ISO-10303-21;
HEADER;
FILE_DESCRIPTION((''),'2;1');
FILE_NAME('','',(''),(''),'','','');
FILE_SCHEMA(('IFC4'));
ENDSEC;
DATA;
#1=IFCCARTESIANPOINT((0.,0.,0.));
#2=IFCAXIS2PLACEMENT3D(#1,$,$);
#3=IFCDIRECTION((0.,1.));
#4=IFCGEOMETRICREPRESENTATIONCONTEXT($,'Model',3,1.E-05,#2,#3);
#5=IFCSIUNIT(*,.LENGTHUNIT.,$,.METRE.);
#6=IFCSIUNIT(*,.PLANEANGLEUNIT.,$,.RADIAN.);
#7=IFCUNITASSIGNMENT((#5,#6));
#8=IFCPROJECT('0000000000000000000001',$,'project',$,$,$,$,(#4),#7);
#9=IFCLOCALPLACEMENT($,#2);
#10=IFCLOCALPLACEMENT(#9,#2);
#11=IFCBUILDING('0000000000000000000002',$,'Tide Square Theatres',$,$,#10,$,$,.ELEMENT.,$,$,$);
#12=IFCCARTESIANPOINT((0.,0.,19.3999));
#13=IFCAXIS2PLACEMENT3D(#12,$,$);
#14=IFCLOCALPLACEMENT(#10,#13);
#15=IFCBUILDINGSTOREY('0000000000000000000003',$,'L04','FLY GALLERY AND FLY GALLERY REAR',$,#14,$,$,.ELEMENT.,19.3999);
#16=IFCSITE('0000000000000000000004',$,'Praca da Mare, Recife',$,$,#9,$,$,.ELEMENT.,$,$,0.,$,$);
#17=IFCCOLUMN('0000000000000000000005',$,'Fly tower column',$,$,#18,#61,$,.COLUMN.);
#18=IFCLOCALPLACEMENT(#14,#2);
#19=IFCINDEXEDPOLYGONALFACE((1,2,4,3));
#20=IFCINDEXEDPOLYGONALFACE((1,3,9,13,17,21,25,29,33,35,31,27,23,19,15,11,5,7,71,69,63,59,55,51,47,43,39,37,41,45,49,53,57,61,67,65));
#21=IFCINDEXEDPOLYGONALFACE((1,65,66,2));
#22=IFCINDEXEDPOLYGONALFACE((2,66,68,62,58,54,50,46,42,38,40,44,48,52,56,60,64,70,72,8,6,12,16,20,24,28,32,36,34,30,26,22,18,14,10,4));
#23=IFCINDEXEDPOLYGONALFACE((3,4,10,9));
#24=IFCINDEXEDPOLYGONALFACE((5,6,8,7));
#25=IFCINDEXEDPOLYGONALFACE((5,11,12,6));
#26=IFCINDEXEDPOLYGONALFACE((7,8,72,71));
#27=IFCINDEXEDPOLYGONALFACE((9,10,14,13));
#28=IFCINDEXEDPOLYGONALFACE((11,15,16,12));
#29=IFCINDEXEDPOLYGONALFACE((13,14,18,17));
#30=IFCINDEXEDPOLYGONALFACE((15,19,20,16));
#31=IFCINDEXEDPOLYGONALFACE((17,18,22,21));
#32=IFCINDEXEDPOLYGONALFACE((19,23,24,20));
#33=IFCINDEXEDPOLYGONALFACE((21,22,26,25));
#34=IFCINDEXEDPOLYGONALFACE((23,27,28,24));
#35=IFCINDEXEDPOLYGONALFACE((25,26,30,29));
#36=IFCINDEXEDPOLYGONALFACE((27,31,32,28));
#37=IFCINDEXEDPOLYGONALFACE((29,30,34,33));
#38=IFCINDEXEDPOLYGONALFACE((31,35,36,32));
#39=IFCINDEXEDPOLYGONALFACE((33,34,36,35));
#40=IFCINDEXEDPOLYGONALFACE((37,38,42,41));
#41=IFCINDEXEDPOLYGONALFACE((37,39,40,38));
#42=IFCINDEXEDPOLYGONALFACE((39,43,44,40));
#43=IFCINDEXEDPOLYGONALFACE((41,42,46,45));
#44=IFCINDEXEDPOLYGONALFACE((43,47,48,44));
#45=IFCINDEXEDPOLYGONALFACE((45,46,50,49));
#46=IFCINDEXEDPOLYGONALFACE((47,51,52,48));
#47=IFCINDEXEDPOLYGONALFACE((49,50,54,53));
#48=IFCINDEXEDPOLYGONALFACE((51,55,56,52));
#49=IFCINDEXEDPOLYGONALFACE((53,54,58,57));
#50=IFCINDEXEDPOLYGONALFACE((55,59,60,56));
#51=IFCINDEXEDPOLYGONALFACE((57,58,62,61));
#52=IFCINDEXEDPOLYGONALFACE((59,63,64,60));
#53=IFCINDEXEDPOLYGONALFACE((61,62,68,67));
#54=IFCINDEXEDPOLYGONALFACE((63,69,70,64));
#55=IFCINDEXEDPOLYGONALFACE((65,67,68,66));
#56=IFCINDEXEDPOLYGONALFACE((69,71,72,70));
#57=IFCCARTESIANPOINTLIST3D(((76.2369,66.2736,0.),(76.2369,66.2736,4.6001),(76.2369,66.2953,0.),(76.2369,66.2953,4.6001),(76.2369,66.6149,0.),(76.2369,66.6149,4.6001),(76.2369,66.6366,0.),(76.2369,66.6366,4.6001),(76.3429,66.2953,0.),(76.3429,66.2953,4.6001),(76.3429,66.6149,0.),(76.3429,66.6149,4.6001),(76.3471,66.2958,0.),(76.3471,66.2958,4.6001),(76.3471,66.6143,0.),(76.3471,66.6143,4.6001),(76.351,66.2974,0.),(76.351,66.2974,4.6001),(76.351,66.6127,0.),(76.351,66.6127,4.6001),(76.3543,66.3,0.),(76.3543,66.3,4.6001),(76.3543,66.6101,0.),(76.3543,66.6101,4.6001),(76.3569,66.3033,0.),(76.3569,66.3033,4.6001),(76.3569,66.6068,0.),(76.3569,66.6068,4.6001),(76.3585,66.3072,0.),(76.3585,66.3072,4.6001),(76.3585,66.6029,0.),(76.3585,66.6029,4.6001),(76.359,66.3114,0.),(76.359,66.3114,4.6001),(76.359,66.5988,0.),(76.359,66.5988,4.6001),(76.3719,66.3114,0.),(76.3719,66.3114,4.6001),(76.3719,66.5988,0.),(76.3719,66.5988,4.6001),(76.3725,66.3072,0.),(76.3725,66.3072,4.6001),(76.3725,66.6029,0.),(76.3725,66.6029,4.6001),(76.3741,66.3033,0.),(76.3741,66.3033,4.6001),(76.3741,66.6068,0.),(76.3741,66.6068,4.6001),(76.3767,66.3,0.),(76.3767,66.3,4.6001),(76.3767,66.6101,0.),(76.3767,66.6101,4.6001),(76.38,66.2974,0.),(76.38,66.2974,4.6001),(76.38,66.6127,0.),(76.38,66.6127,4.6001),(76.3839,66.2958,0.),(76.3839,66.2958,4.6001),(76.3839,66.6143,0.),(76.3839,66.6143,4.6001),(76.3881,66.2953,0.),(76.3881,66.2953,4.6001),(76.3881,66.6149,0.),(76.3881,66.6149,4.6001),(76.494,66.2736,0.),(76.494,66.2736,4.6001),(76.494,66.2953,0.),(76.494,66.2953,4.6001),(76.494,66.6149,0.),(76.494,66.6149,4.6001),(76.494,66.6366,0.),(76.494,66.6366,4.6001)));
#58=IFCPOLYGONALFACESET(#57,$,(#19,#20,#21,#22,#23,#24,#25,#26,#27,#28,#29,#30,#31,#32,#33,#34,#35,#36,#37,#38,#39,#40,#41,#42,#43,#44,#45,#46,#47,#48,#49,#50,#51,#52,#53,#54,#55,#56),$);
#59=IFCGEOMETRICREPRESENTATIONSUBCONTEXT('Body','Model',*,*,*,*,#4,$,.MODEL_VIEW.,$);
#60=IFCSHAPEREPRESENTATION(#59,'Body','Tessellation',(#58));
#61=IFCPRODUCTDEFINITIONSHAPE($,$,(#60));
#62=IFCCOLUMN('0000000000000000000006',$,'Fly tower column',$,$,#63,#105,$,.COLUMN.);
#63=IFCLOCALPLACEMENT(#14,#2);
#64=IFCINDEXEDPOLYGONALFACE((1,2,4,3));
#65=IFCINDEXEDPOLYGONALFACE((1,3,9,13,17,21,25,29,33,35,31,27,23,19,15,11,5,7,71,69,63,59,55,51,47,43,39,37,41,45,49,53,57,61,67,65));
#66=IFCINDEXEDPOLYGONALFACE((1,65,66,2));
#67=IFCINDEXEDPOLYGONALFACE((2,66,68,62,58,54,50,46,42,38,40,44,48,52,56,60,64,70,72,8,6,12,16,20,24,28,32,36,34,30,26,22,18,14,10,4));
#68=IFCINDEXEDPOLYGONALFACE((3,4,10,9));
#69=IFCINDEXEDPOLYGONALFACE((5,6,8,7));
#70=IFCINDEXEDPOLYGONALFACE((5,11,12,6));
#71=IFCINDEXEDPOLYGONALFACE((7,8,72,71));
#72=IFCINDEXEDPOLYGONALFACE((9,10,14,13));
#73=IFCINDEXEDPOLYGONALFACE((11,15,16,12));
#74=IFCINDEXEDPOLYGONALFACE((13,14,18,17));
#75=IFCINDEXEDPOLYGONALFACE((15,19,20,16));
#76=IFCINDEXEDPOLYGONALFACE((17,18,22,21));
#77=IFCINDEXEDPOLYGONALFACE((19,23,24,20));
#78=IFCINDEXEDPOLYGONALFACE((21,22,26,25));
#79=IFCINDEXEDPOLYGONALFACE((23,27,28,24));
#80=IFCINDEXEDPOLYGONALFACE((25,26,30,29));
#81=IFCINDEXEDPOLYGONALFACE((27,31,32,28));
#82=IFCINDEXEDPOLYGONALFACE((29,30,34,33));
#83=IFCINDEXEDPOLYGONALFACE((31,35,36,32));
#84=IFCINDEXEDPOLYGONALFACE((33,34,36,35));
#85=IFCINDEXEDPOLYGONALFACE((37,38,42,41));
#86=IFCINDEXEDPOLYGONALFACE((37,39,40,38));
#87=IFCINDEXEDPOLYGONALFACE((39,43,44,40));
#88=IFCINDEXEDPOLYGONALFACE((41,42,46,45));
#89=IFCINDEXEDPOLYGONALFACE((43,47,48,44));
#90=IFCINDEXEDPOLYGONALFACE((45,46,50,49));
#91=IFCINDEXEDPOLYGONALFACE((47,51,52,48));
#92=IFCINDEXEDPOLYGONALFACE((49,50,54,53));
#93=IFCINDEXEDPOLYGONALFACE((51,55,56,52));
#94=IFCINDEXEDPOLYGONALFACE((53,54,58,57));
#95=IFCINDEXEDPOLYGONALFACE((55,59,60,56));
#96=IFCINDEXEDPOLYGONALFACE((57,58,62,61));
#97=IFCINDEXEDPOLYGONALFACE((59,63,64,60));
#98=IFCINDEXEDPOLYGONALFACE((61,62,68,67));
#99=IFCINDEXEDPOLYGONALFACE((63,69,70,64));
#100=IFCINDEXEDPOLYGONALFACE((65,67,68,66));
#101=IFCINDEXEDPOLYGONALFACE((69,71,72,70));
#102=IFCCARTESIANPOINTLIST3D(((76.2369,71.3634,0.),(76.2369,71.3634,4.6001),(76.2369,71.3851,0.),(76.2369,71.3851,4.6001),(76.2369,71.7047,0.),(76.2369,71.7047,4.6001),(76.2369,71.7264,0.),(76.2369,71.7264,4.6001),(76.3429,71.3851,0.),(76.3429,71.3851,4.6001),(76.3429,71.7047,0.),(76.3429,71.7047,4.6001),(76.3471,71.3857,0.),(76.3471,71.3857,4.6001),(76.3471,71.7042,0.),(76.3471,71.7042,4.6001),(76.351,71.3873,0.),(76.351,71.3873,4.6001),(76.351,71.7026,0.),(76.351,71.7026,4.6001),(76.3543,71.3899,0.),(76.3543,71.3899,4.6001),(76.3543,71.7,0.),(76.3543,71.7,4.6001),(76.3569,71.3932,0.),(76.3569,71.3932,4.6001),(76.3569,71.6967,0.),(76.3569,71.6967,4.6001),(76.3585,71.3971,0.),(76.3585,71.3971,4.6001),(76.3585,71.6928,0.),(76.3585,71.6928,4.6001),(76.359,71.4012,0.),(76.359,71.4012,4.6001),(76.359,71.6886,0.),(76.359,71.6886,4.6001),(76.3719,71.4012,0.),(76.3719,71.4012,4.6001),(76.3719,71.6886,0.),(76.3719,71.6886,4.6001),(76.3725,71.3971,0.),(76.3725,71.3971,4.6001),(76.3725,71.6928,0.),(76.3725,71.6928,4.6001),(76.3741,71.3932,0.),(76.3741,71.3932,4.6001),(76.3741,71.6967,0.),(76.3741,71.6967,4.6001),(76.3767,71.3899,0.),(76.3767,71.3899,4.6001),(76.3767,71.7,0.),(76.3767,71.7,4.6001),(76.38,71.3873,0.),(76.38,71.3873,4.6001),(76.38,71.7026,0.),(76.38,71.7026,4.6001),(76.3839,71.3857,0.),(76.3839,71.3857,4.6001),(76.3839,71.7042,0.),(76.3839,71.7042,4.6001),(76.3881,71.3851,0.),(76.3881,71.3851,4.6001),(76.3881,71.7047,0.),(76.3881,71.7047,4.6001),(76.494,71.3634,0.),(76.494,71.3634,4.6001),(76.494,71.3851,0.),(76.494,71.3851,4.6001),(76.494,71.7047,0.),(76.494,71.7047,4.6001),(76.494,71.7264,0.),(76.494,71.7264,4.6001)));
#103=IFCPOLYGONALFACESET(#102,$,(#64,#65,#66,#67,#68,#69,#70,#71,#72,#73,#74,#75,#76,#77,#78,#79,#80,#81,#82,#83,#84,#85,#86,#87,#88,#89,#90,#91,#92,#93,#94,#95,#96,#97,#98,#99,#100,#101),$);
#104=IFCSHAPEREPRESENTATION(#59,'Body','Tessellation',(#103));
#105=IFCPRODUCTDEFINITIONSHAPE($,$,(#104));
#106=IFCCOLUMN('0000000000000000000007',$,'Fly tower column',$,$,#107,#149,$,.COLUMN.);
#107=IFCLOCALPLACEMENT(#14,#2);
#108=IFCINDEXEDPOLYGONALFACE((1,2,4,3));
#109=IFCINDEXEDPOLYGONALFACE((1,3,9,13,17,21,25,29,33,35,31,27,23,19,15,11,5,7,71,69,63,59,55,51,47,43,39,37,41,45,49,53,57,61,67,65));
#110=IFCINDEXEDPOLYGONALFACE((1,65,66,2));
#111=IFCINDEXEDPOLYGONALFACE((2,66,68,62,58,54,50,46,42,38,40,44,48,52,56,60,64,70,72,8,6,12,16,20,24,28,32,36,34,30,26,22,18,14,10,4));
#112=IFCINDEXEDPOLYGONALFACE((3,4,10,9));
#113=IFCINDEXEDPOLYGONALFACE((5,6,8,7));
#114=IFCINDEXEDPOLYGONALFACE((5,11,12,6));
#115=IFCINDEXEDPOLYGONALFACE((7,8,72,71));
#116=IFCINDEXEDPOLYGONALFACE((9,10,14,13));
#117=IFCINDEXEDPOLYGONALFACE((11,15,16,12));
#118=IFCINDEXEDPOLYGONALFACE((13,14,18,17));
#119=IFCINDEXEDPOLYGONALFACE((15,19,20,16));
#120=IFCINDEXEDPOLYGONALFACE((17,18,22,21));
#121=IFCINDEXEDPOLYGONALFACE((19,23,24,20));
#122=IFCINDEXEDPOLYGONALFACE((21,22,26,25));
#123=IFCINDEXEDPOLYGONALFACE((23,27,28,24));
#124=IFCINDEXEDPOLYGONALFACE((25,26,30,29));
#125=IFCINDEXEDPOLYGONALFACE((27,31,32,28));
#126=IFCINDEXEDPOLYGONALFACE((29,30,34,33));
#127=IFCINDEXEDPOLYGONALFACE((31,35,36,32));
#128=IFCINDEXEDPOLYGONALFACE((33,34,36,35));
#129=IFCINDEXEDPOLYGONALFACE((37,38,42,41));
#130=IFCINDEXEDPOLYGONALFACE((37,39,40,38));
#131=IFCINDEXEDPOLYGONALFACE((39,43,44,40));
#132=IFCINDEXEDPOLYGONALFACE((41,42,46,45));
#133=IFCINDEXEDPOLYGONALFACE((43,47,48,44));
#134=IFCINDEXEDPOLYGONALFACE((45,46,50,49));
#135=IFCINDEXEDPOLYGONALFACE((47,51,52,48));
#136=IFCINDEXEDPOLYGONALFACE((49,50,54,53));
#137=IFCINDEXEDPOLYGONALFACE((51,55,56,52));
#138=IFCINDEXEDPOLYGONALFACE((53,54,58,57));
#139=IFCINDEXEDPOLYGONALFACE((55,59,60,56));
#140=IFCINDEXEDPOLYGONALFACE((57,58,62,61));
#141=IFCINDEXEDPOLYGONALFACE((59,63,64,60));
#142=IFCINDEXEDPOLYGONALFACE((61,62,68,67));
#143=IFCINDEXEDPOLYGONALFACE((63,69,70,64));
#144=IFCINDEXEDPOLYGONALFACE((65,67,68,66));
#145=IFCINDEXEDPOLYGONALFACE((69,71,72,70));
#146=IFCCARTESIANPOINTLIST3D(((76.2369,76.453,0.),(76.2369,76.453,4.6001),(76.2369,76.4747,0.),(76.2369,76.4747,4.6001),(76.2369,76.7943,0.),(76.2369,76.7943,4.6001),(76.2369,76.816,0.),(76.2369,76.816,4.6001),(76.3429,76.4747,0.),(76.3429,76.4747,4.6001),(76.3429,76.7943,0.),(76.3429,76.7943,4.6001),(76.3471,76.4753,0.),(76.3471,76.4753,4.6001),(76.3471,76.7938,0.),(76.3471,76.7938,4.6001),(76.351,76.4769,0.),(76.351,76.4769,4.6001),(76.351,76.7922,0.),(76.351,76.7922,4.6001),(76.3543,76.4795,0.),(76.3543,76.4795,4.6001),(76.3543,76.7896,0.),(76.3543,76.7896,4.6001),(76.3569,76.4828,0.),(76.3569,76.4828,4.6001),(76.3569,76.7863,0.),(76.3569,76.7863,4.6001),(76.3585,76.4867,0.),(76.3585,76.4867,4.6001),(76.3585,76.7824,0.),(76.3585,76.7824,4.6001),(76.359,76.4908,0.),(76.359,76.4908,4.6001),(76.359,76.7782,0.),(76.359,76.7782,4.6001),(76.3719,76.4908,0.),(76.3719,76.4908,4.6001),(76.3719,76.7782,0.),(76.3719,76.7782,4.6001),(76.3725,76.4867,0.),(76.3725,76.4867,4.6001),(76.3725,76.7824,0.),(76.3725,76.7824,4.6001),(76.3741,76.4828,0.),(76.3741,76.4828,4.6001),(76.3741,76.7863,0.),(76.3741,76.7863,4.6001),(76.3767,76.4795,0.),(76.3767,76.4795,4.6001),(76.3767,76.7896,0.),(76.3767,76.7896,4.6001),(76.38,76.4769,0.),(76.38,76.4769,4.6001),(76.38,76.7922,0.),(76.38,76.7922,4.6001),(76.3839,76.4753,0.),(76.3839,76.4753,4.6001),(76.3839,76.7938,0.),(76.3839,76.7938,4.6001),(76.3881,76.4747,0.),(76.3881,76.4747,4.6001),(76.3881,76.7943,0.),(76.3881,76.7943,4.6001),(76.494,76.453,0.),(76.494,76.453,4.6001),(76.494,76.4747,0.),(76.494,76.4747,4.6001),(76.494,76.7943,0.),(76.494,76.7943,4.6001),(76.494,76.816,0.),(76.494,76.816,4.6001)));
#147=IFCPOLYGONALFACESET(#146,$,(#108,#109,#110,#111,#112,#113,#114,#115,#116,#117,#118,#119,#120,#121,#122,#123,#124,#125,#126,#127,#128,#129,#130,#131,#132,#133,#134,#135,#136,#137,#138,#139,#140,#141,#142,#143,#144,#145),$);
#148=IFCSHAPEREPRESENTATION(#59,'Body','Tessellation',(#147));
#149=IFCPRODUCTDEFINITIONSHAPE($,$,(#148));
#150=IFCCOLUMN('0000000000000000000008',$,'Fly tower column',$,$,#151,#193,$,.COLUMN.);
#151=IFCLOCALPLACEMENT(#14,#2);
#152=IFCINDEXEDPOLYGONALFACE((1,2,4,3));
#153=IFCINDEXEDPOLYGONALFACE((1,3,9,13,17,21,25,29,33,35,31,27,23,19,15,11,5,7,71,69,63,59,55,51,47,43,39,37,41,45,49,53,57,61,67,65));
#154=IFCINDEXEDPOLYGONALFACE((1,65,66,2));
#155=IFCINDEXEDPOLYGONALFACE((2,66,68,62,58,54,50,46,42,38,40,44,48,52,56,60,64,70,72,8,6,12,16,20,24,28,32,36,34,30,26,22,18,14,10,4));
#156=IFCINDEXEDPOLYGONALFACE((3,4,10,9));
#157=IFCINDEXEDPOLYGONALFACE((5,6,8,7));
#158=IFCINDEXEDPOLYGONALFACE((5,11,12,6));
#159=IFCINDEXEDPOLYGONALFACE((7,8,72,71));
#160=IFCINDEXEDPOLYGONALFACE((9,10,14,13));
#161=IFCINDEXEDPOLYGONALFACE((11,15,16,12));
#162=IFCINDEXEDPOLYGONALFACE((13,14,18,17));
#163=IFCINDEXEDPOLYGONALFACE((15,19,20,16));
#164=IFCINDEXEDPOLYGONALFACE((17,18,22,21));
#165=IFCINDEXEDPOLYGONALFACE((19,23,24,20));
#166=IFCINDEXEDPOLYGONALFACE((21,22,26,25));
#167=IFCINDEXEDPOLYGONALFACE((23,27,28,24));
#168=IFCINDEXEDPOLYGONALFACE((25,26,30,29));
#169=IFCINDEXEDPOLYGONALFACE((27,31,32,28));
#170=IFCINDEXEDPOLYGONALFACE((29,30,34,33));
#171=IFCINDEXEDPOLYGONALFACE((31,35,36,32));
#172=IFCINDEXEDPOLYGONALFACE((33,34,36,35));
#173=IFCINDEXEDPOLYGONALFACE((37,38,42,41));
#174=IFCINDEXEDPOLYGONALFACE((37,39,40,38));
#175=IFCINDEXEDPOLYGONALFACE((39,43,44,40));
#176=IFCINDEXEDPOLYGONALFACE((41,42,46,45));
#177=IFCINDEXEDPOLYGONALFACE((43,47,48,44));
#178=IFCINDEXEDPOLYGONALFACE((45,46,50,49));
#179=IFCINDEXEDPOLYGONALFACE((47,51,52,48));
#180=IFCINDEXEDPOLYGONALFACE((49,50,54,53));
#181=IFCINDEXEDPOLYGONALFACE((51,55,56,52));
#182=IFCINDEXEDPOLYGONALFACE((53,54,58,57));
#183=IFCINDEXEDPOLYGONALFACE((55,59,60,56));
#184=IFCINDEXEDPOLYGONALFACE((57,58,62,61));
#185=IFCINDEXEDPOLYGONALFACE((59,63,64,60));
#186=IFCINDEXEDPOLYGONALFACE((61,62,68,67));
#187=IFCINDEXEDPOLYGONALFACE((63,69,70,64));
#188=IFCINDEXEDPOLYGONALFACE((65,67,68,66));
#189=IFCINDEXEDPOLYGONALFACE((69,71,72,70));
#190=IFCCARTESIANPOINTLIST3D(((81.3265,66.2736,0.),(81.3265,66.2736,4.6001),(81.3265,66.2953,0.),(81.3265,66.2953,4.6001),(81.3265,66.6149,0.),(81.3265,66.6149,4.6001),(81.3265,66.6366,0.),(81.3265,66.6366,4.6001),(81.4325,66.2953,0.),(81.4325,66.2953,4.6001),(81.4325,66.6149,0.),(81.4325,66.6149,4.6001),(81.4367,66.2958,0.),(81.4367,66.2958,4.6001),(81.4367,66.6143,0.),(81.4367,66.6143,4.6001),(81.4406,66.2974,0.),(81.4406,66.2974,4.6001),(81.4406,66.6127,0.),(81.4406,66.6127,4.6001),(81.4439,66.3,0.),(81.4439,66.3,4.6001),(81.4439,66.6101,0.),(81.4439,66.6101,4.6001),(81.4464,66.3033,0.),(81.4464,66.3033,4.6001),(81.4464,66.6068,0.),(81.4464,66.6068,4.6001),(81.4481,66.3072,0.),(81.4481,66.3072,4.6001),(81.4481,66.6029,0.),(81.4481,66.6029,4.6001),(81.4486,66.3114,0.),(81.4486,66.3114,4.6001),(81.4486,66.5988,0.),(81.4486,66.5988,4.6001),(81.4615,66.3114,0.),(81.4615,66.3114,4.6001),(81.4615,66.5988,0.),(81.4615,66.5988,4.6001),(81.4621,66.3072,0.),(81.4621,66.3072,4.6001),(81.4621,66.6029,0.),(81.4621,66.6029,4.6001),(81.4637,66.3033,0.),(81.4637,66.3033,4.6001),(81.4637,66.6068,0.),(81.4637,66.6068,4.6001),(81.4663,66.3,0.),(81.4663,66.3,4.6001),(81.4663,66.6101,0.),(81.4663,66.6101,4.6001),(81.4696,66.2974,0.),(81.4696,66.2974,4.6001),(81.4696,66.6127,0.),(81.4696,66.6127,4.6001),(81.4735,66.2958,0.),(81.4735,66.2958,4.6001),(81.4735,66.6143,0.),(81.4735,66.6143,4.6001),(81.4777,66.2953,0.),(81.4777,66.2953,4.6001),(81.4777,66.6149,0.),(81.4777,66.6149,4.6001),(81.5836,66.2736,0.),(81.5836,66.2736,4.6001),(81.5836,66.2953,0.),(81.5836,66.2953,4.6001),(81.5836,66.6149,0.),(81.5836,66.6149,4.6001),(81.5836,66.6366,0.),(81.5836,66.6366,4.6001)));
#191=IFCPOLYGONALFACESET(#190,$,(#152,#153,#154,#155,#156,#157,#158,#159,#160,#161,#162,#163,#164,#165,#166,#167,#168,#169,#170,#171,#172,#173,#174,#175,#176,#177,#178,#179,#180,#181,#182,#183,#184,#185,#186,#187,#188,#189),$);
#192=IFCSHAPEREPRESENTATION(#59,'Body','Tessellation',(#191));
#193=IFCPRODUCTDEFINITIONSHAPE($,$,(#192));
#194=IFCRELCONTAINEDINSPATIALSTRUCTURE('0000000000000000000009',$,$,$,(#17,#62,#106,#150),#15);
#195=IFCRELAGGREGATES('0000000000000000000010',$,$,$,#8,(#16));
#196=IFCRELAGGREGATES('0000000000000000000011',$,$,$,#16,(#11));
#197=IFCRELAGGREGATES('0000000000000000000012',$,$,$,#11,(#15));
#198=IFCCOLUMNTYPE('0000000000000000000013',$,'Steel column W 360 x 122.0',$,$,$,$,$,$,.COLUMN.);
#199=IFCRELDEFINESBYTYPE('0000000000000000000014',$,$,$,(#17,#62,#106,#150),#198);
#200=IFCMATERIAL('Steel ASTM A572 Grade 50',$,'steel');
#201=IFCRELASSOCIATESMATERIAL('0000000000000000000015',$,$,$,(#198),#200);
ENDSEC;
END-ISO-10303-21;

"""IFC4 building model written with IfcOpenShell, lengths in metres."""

from ifc_helpers import new_model, si_unit, direction, frame, origin, origin_2d, place, context, subcontext, project, spatial, i_section, extrude, material, material_profile, profile_set, type_object, element, save


model = new_model("IFC4")

# Units and contexts
model_context = context("Model", 3, precision=1e-05, world=origin(), true_north=direction((0.0, 1.0)))
body_context = subcontext(model_context, "Body", "Model", "MODEL_VIEW")
ifc_project = project(units=[si_unit("LENGTHUNIT", "METRE"), si_unit("PLANEANGLEUNIT", "RADIAN")], contexts=[model_context])

# Site, building, storey
site_placement = place(None, origin())
site = spatial("IfcSite", under=ifc_project, at=site_placement, Name="Praca da Mare, Recife", CompositionType="ELEMENT", RefElevation=0.0)
building_placement = place(site_placement, origin())
building = spatial("IfcBuilding", under=site, at=building_placement, Name="Tide Square Theatres", CompositionType="ELEMENT")
storey_placement = place(building_placement, frame((0.0, 0.0, 19.3999)))
storey = spatial("IfcBuildingStorey", under=building, at=storey_placement, Name="L04", Description="FLY GALLERY AND FLY GALLERY REAR", CompositionType="ELEMENT", Elevation=19.3999)

# Columns
ifc_material_1 = material(Name="Steel ASTM A572 Grade 50", Category="steel")
ifc_material_profile_1 = material_profile(ifc_material_1, i_section(OverallWidth=0.2571, OverallDepth=0.363, WebThickness=0.0129, FlangeThickness=0.0217, FilletRadius=0.0161, at=origin_2d()))
ifc_profile_set_1 = profile_set([ifc_material_profile_1], Name="Steel ASTM A572 Grade 50")
column_type = type_object("IfcColumnType", Name="Steel column W 360 x 122.0", PredefinedType="COLUMN", material=ifc_profile_set_1)
for number, where, z_axis, x_axis, name in (
    (1, (76.3655, 66.4551, 0.0), (0.0, 0.0, 1.0), (1.0, 0.0, 0.0), "Fly tower column"),
    (2, (76.3655, 71.5449, 0.0), (0.0, 0.0, 1.0), (1.0, 0.0, 0.0), "Fly tower column"),
    (3, (76.3655, 76.6345, 0.0), (0.0, 0.0, 1.0), (1.0, 0.0, 0.0), "Fly tower column"),
    (4, (81.4551, 66.4551, 0.0), (0.0, 0.0, 1.0), (1.0, 0.0, 0.0), "Fly tower column"),
):
    element("IfcColumn", number, at=place(storey_placement, frame(where, z_axis=z_axis, x_axis=x_axis)), inside=storey, type_object=column_type, Name=name, PredefinedType="COLUMN", context=body_context, shape_type="SweptSolid", body=[
        extrude(i_section(OverallWidth=0.2571, OverallDepth=0.363, WebThickness=0.0129, FlangeThickness=0.0217, FilletRadius=0.0161, at=origin_2d()), origin(), (0.0, 0.0, 1.0), 4.6001),
    ])

save(model, "model.ifc")
